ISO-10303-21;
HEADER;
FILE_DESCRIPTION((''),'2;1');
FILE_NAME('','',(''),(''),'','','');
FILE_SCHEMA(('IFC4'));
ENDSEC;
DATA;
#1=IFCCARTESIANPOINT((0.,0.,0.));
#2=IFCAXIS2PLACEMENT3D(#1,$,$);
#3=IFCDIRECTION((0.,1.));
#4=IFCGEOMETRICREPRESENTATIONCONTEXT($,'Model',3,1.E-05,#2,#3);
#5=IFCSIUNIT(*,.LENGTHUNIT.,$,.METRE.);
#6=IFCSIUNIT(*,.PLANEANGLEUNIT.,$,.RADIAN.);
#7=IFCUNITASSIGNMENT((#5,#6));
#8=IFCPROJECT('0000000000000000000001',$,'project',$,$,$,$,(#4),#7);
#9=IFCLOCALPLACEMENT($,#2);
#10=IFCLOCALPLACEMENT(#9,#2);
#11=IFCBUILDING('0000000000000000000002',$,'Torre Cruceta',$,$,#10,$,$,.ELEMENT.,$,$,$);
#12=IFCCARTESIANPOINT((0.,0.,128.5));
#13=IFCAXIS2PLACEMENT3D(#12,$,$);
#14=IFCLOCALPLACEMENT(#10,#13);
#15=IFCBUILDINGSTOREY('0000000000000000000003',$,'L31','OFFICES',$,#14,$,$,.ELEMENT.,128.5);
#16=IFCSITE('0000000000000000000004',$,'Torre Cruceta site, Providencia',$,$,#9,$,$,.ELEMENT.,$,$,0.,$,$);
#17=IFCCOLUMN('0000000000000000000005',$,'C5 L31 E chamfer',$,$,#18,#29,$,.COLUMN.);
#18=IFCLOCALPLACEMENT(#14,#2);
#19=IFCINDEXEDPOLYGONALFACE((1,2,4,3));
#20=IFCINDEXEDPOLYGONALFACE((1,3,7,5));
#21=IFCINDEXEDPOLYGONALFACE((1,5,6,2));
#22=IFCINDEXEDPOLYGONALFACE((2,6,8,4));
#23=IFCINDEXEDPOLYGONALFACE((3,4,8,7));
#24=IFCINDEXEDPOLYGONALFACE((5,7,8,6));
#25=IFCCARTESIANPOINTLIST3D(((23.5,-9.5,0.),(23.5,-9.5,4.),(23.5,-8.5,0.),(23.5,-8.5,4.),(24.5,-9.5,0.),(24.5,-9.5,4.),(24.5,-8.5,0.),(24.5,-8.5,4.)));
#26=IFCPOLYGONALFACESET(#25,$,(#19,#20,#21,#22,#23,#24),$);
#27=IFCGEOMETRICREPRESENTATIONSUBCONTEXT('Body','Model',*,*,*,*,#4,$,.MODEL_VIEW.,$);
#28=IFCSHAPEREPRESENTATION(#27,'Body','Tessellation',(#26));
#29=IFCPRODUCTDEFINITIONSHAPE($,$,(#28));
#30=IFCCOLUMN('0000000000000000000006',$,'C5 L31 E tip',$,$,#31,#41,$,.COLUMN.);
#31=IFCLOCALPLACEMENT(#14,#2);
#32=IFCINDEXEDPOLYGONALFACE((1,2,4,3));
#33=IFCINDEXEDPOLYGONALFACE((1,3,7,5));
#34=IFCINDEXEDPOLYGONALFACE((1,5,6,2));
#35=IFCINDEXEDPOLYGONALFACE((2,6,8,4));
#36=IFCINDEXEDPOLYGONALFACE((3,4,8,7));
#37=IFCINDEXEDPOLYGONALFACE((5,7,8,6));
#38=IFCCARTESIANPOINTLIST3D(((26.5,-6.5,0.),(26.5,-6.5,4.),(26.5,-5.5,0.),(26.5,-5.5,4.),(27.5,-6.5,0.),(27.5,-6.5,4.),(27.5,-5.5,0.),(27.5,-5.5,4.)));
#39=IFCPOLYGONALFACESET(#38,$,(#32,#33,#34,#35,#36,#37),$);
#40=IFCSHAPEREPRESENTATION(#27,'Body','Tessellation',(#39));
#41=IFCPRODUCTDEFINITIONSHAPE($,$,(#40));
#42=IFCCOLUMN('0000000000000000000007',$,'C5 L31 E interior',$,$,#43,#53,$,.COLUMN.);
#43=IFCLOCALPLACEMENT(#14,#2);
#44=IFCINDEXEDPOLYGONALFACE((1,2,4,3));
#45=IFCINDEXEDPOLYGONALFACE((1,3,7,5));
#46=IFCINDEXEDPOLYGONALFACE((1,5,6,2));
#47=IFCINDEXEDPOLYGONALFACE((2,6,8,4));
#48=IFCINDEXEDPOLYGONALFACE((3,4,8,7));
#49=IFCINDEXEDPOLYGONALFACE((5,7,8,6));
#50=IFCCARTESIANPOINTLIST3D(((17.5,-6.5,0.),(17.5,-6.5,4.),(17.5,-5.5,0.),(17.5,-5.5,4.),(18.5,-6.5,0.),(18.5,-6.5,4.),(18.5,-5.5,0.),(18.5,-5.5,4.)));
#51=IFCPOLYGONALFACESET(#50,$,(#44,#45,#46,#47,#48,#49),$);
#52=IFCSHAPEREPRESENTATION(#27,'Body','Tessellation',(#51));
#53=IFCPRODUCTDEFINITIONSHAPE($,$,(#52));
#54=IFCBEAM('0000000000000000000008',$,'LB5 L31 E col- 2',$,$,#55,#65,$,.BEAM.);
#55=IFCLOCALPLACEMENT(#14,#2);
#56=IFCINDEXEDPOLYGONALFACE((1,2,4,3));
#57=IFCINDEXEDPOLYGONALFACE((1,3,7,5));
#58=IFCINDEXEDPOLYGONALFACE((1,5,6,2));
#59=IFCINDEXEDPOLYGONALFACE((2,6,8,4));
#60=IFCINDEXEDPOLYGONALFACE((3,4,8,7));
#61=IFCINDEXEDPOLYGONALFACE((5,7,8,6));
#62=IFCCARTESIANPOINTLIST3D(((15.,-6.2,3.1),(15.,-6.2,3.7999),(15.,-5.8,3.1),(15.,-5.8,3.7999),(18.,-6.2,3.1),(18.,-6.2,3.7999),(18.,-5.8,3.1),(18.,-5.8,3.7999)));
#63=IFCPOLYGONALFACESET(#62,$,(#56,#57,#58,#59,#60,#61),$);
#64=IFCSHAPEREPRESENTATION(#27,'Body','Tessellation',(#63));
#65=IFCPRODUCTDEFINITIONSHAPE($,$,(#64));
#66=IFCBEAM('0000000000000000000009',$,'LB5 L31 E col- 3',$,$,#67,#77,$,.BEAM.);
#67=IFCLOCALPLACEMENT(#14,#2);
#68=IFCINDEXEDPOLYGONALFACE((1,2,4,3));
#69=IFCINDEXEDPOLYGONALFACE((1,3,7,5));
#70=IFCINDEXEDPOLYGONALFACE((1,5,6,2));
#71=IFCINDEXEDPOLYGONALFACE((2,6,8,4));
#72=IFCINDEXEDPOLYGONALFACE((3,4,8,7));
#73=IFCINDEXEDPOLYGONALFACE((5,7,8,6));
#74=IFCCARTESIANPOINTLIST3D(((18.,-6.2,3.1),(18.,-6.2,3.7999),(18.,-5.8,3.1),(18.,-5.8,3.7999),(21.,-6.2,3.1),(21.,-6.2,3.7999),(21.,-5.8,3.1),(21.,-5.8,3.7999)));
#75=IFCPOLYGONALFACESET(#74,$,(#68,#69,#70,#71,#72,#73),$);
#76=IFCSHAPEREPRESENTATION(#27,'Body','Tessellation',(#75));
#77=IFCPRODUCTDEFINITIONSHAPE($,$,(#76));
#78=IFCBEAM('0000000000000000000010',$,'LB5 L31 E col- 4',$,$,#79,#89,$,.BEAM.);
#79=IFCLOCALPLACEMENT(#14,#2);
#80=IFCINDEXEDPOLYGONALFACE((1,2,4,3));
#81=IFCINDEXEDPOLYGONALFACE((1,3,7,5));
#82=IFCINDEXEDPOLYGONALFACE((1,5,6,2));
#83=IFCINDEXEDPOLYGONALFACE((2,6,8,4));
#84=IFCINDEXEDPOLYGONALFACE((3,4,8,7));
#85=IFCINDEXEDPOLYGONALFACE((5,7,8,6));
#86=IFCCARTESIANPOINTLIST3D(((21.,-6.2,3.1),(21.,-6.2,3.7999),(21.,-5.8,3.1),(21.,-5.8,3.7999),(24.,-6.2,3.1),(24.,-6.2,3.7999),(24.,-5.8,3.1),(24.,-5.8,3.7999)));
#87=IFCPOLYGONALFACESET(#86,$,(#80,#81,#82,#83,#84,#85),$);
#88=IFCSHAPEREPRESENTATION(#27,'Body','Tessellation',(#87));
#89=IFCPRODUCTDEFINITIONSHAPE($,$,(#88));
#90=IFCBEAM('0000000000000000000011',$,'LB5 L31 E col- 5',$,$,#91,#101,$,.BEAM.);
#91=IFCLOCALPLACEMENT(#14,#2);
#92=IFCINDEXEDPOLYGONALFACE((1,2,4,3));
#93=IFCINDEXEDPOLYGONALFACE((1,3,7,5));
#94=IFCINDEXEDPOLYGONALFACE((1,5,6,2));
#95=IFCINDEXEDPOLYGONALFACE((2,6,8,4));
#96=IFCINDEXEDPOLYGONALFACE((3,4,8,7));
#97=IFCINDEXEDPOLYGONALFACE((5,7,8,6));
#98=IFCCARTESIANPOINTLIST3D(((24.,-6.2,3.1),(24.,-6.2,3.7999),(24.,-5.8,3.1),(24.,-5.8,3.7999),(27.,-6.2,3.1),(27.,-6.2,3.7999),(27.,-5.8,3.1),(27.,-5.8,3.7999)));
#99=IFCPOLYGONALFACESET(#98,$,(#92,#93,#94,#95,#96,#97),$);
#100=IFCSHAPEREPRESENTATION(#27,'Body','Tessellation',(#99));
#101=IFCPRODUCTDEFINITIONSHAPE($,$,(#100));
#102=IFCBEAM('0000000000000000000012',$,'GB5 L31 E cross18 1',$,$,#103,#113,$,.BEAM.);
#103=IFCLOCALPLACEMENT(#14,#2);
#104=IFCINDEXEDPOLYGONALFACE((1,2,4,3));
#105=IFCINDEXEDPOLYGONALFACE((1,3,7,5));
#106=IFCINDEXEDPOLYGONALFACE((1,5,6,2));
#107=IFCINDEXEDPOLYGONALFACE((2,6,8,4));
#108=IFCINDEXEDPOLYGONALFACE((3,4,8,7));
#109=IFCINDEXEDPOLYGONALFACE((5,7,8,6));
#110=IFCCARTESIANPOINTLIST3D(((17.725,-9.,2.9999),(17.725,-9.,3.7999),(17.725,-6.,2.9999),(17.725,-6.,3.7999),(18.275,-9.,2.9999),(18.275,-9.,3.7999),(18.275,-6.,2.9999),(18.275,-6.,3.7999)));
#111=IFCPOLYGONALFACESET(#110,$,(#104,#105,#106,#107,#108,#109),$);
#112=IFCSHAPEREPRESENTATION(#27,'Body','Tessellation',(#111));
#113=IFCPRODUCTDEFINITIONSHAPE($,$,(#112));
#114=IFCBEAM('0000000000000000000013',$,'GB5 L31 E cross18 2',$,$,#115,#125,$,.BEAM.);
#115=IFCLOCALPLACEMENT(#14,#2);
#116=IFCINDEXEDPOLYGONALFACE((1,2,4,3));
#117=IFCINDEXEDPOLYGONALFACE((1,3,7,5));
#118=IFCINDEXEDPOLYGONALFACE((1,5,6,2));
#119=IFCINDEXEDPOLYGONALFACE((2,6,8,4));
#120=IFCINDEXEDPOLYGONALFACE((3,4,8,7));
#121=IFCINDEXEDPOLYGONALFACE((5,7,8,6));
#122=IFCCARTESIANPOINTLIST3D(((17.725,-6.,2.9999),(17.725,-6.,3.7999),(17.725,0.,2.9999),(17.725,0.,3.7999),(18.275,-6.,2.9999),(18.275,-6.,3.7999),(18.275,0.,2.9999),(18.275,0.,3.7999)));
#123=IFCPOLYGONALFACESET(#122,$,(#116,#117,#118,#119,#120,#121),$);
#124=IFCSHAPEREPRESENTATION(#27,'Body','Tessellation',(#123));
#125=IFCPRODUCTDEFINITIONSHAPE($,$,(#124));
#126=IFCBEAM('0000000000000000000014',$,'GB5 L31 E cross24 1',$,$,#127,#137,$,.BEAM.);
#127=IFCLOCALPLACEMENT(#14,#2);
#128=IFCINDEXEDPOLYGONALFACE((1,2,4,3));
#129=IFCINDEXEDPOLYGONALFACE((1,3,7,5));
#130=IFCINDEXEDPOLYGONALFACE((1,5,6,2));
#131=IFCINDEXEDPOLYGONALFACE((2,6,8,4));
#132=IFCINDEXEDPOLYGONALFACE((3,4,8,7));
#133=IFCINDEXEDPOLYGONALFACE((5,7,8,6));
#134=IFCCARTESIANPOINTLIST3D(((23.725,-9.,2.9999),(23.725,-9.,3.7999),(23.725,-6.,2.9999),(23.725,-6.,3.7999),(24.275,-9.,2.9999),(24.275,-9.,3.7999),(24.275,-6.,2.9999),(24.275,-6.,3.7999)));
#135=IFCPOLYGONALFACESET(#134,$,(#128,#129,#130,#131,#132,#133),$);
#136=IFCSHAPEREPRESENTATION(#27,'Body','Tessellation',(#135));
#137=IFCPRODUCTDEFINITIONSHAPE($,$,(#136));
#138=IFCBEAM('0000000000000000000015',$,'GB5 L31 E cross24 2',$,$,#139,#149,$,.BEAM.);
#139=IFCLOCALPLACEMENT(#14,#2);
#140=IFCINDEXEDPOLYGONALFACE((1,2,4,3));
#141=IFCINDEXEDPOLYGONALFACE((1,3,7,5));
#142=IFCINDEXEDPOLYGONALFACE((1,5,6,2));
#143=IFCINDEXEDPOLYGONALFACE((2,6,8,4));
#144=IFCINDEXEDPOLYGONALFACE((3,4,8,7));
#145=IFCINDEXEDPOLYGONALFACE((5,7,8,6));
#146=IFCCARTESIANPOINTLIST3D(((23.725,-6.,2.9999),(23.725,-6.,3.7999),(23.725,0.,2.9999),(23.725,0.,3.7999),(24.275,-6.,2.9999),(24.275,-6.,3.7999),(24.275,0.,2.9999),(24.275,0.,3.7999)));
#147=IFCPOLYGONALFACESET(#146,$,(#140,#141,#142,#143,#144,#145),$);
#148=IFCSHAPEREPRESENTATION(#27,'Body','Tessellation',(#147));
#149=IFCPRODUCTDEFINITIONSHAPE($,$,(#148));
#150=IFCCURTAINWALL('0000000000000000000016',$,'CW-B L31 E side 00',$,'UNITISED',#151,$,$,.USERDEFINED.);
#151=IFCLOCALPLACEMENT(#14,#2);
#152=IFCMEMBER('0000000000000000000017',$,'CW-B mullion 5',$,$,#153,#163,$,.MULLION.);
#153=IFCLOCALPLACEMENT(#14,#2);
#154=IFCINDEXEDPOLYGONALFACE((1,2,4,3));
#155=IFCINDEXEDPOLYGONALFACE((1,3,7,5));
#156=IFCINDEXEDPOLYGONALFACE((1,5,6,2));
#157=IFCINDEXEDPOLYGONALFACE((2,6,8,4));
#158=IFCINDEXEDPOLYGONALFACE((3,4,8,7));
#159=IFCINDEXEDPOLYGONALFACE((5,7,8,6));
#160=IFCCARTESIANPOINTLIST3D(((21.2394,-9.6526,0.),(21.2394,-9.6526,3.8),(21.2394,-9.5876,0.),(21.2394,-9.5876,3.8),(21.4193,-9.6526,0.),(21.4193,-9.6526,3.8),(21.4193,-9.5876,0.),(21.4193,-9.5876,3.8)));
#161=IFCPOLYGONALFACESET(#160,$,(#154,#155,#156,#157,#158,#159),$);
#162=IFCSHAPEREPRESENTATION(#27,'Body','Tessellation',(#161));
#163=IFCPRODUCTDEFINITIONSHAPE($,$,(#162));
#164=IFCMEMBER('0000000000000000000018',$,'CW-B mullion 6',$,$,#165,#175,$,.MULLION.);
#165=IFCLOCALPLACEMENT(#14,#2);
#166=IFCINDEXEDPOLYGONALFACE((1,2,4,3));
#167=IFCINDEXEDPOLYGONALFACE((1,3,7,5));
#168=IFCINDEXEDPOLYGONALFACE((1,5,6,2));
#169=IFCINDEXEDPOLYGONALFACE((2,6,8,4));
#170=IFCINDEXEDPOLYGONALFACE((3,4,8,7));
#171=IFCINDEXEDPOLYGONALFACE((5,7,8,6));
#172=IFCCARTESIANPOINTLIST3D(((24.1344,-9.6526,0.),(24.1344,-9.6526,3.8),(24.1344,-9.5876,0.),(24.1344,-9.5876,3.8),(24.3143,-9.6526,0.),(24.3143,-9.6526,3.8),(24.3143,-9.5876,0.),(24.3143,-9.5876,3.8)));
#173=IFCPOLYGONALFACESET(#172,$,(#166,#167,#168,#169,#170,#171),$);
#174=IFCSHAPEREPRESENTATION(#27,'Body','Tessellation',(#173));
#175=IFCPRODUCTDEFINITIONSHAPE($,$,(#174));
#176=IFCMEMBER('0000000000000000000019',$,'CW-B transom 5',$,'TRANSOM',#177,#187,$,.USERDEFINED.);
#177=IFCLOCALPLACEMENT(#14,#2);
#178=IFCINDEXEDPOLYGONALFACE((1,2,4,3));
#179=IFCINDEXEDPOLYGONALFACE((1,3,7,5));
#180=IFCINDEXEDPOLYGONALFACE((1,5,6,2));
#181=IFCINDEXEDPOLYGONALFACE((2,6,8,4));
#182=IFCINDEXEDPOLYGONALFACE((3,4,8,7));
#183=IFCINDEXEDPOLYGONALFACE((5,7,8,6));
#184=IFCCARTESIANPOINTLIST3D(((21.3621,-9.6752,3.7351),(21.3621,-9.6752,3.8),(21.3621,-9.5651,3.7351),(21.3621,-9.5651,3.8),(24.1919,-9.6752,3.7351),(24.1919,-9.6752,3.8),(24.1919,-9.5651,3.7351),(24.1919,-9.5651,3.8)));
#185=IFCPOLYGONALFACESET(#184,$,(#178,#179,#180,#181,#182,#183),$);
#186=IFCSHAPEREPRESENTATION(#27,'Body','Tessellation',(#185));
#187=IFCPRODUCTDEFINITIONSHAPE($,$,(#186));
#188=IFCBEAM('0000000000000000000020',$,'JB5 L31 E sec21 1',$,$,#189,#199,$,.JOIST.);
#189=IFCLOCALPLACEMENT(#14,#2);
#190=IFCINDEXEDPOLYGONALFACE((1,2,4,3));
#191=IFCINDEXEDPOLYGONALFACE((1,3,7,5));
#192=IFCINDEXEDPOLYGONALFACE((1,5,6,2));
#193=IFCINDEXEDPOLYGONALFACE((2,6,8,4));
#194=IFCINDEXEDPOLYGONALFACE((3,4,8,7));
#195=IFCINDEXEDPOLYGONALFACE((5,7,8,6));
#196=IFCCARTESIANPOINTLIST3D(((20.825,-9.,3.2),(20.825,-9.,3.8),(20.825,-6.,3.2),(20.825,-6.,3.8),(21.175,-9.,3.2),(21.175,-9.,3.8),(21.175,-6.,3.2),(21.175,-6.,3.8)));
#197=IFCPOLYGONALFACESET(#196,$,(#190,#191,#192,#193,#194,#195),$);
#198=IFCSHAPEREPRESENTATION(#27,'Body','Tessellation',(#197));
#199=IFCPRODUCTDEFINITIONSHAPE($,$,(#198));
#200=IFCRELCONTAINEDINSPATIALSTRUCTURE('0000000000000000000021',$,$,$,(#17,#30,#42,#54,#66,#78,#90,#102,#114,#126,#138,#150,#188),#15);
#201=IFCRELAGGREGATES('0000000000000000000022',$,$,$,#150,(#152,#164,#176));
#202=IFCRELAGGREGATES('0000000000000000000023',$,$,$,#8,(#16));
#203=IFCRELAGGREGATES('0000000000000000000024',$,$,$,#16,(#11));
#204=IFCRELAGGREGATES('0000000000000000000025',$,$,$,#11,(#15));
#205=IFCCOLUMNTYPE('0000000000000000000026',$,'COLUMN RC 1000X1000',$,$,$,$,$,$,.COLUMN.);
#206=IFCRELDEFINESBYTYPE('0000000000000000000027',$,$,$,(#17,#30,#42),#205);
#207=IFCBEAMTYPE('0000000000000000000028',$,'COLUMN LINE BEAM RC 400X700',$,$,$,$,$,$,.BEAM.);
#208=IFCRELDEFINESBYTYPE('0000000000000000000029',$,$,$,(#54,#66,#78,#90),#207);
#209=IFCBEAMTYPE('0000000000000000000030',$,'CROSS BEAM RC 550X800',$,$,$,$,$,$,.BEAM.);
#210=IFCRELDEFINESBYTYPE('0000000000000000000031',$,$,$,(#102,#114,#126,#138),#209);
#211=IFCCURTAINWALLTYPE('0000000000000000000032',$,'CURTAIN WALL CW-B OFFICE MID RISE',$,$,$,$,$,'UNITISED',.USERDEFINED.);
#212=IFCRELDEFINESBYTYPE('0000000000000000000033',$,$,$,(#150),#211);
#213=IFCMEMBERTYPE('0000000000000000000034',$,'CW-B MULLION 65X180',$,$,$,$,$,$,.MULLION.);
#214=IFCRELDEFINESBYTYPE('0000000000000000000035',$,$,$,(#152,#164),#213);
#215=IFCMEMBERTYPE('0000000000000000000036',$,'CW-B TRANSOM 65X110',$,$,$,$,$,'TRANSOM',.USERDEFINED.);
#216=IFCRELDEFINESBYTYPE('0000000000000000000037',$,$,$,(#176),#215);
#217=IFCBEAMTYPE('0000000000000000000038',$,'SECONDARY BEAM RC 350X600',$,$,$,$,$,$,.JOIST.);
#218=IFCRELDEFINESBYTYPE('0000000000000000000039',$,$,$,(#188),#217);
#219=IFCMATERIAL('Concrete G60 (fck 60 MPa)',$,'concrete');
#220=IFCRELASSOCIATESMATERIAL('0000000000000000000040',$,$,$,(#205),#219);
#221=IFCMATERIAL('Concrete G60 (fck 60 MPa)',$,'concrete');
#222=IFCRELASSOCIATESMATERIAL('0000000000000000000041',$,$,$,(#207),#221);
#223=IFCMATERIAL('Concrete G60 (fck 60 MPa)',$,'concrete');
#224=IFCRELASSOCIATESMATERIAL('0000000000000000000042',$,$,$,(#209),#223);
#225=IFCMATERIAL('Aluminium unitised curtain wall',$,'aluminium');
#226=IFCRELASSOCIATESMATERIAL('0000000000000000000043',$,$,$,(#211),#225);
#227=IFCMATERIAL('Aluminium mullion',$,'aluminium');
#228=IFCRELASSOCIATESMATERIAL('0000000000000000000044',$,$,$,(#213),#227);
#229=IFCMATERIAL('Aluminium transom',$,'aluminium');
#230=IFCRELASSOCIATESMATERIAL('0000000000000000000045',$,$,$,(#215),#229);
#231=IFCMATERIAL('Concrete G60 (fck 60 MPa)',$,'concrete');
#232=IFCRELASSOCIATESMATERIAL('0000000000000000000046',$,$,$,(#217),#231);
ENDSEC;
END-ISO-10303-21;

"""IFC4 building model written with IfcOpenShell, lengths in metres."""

from ifc_helpers import new_model, si_unit, direction, frame, origin, origin_2d, place, context, subcontext, project, spatial, rectangle, extrude, material, material_profile, profile_set, type_object, element, aggregate, save


model = new_model("IFC4")

# Units and contexts
model_context = context("Model", 3, precision=1e-05, world=origin(), true_north=direction((0.0, 1.0)))
body_context = subcontext(model_context, "Body", "Model", "MODEL_VIEW")
ifc_project = project(units=[si_unit("LENGTHUNIT", "METRE"), si_unit("PLANEANGLEUNIT", "RADIAN")], contexts=[model_context])

# Site, building, storey
site_placement = place(None, origin())
site = spatial("IfcSite", under=ifc_project, at=site_placement, Name="Torre Cruceta site, Providencia", CompositionType="ELEMENT", RefElevation=0.0)
building_placement = place(site_placement, origin())
building = spatial("IfcBuilding", under=site, at=building_placement, Name="Torre Cruceta", CompositionType="ELEMENT")
storey_placement = place(building_placement, frame((0.0, 0.0, 128.5)))
storey = spatial("IfcBuildingStorey", under=building, at=storey_placement, Name="L31", Description="OFFICES", CompositionType="ELEMENT", Elevation=128.5)

# Columns
ifc_material_1 = material(Name="Concrete G60 (fck 60 MPa)", Category="concrete")
ifc_material_profile_1 = material_profile(ifc_material_1, rectangle(XDim=1.0, YDim=1.0, at=origin_2d()), Name="RC 1000X1000")
ifc_profile_set_1 = profile_set([ifc_material_profile_1], Name="Concrete G60 (fck 60 MPa)")
column_type = type_object("IfcColumnType", Name="COLUMN RC 1000X1000", PredefinedType="COLUMN", material=ifc_profile_set_1)
for number, where, z_axis, x_axis, name in (
    (1, (24.0, -9.0, 0.0), (0.0, 0.0, 1.0), (1.0, 0.0, 0.0), "C5 L31 E chamfer"),
    (2, (27.0, -6.0, 0.0), (0.0, 0.0, 1.0), (1.0, 0.0, 0.0), "C5 L31 E tip"),
    (3, (18.0, -6.0, 0.0), (0.0, 0.0, 1.0), (1.0, 0.0, 0.0), "C5 L31 E interior"),
):
    element("IfcColumn", number, at=place(storey_placement, frame(where, z_axis=z_axis, x_axis=x_axis)), inside=storey, type_object=column_type, Name=name, PredefinedType="COLUMN", context=body_context, shape_type="SweptSolid", body=[
        extrude(rectangle(XDim=1.0, YDim=1.0, at=origin_2d()), origin(), (0.0, 0.0, 1.0), 4.0),
    ])

# Beams
ifc_material_2 = material(Name="Concrete G60 (fck 60 MPa)", Category="concrete")
ifc_material_profile_2 = material_profile(ifc_material_2, rectangle(XDim=0.3999, YDim=0.7, at=origin_2d()), Name="RC 400X700")
ifc_profile_set_2 = profile_set([ifc_material_profile_2], Name="Concrete G60 (fck 60 MPa)")
beam_type_1 = type_object("IfcBeamType", Name="COLUMN LINE BEAM RC 400X700", PredefinedType="BEAM", material=ifc_profile_set_2)
for number, where, z_axis, x_axis, name in (
    (4, (15.0, -6.0, 3.45), (1.0, 0.0, 0.0), (0.0, 1.0, 0.0), "LB5 L31 E col- 2"),
    (5, (18.0, -6.0, 3.45), (1.0, 0.0, 0.0), (0.0, 1.0, 0.0), "LB5 L31 E col- 3"),
    (6, (21.0, -6.0, 3.45), (1.0, 0.0, 0.0), (0.0, 1.0, 0.0), "LB5 L31 E col- 4"),
    (7, (24.0, -6.0, 3.45), (1.0, 0.0, 0.0), (0.0, 1.0, 0.0), "LB5 L31 E col- 5"),
):
    element("IfcBeam", number, at=place(storey_placement, frame(where, z_axis=z_axis, x_axis=x_axis)), inside=storey, type_object=beam_type_1, Name=name, PredefinedType="BEAM", context=body_context, shape_type="SweptSolid", body=[
        extrude(rectangle(XDim=0.3999, YDim=0.7, at=origin_2d()), origin(), (0.0, 0.0, 1.0), 3.0),
    ])
ifc_material_3 = material(Name="Concrete G60 (fck 60 MPa)", Category="concrete")
ifc_material_profile_3 = material_profile(ifc_material_3, rectangle(XDim=0.55, YDim=0.8, at=origin_2d()), Name="RC 550X800")
ifc_profile_set_3 = profile_set([ifc_material_profile_3], Name="Concrete G60 (fck 60 MPa)")
beam_type_2 = type_object("IfcBeamType", Name="CROSS BEAM RC 550X800", PredefinedType="BEAM", material=ifc_profile_set_3)
beam_1_placement = place(storey_placement, frame((18.0, -9.0, 3.3999), z_axis=(0.0, 1.0, 0.0), x_axis=(-1.0, 0.0, 0.0)))
element("IfcBeam", 8, at=beam_1_placement, inside=storey, type_object=beam_type_2, Name="GB5 L31 E cross18 1", PredefinedType="BEAM", context=body_context, shape_type="SweptSolid", body=[
    extrude(rectangle(XDim=0.55, YDim=0.8, at=origin_2d()), origin(), (0.0, 0.0, 1.0), 3.0),
])
beam_2_placement = place(storey_placement, frame((18.0, -6.0, 3.3999), z_axis=(0.0, 1.0, 0.0), x_axis=(-1.0, 0.0, 0.0)))
element("IfcBeam", 9, at=beam_2_placement, inside=storey, type_object=beam_type_2, Name="GB5 L31 E cross18 2", PredefinedType="BEAM", context=body_context, shape_type="SweptSolid", body=[
    extrude(rectangle(XDim=0.55, YDim=0.8, at=origin_2d()), origin(), (0.0, 0.0, 1.0), 6.0),
])
beam_3_placement = place(storey_placement, frame((24.0, -9.0, 3.3999), z_axis=(0.0, 1.0, 0.0), x_axis=(-1.0, 0.0, 0.0)))
element("IfcBeam", 10, at=beam_3_placement, inside=storey, type_object=beam_type_2, Name="GB5 L31 E cross24 1", PredefinedType="BEAM", context=body_context, shape_type="SweptSolid", body=[
    extrude(rectangle(XDim=0.55, YDim=0.8, at=origin_2d()), origin(), (0.0, 0.0, 1.0), 3.0),
])
beam_4_placement = place(storey_placement, frame((24.0, -6.0, 3.3999), z_axis=(0.0, 1.0, 0.0), x_axis=(-1.0, 0.0, 0.0)))
element("IfcBeam", 11, at=beam_4_placement, inside=storey, type_object=beam_type_2, Name="GB5 L31 E cross24 2", PredefinedType="BEAM", context=body_context, shape_type="SweptSolid", body=[
    extrude(rectangle(XDim=0.55, YDim=0.8, at=origin_2d()), origin(), (0.0, 0.0, 1.0), 6.0),
])

# Curtain wall, members
ifc_material_4 = material(Name="Aluminium unitised curtain wall", Category="aluminium")
curtain_wall_type = type_object("IfcCurtainWallType", Name="CURTAIN WALL CW-B OFFICE MID RISE", ElementType="UNITISED", PredefinedType="USERDEFINED", material=ifc_material_4)
curtain_wall_placement = place(storey_placement, origin())
curtain_wall = element("IfcCurtainWall", 12, at=curtain_wall_placement, inside=storey, type_object=curtain_wall_type, Name="CW-B L31 E side 00", ObjectType="UNITISED", PredefinedType="USERDEFINED")
ifc_material_5 = material(Name="Aluminium mullion", Category="aluminium")
ifc_material_profile_4 = material_profile(ifc_material_5, rectangle(XDim=0.0649, YDim=0.1799, at=origin_2d()), Name="AL 65X180")
ifc_profile_set_4 = profile_set([ifc_material_profile_4], Name="Aluminium mullion")
member_type_1 = type_object("IfcMemberType", Name="CW-B MULLION 65X180", PredefinedType="MULLION", material=ifc_profile_set_4)
member_1_placement = place(storey_placement, frame((21.3293, -9.6201, 0.0), z_axis=(0.0, 0.0, 1.0), x_axis=(0.0, 1.0, 0.0)))
member_1 = element("IfcMember", 13, at=member_1_placement, type_object=member_type_1, Name="CW-B mullion 5", PredefinedType="MULLION", context=body_context, shape_type="SweptSolid", body=[
    extrude(rectangle(XDim=0.0649, YDim=0.1799, at=origin_2d()), origin(), (0.0, 0.0, 1.0), 3.8),
])
member_2_placement = place(storey_placement, frame((24.2244, -9.6201, 0.0), z_axis=(0.0, 0.0, 1.0), x_axis=(0.0, 1.0, 0.0)))
member_2 = element("IfcMember", 14, at=member_2_placement, type_object=member_type_1, Name="CW-B mullion 6", PredefinedType="MULLION", context=body_context, shape_type="SweptSolid", body=[
    extrude(rectangle(XDim=0.0649, YDim=0.1799, at=origin_2d()), origin(), (0.0, 0.0, 1.0), 3.8),
])
ifc_material_6 = material(Name="Aluminium transom", Category="aluminium")
ifc_material_profile_5 = material_profile(ifc_material_6, rectangle(XDim=0.1101, YDim=0.0649, at=origin_2d()), Name="AL 110X65")
ifc_profile_set_5 = profile_set([ifc_material_profile_5], Name="Aluminium transom")
member_type_2 = type_object("IfcMemberType", Name="CW-B TRANSOM 65X110", ElementType="TRANSOM", PredefinedType="USERDEFINED", material=ifc_profile_set_5)
member_3_placement = place(storey_placement, frame((21.3621, -9.6201, 3.7676), z_axis=(1.0, 0.0, 0.0), x_axis=(0.0, 1.0, 0.0)))
member_3 = element("IfcMember", 15, at=member_3_placement, type_object=member_type_2, Name="CW-B transom 5", ObjectType="TRANSOM", PredefinedType="USERDEFINED", context=body_context, shape_type="SweptSolid", body=[
    extrude(rectangle(XDim=0.1101, YDim=0.0649, at=origin_2d()), origin(), (0.0, 0.0, 1.0), 2.8298),
])

# Beam
ifc_material_7 = material(Name="Concrete G60 (fck 60 MPa)", Category="concrete")
ifc_material_profile_6 = material_profile(ifc_material_7, rectangle(XDim=0.3501, YDim=0.6001, at=origin_2d()), Name="RC 350X600")
ifc_profile_set_6 = profile_set([ifc_material_profile_6], Name="Concrete G60 (fck 60 MPa)")
beam_type_3 = type_object("IfcBeamType", Name="SECONDARY BEAM RC 350X600", PredefinedType="JOIST", material=ifc_profile_set_6)
beam_5_placement = place(storey_placement, frame((21.0, -9.0, 3.5), z_axis=(0.0, 1.0, 0.0), x_axis=(-1.0, 0.0, 0.0)))
element("IfcBeam", 16, at=beam_5_placement, inside=storey, type_object=beam_type_3, Name="JB5 L31 E sec21 1", PredefinedType="JOIST", context=body_context, shape_type="SweptSolid", body=[
    extrude(rectangle(XDim=0.3501, YDim=0.6001, at=origin_2d()), origin(), (0.0, 0.0, 1.0), 3.0),
])

aggregate(curtain_wall, [member_1, member_2, member_3])

save(model, "model.ifc")
